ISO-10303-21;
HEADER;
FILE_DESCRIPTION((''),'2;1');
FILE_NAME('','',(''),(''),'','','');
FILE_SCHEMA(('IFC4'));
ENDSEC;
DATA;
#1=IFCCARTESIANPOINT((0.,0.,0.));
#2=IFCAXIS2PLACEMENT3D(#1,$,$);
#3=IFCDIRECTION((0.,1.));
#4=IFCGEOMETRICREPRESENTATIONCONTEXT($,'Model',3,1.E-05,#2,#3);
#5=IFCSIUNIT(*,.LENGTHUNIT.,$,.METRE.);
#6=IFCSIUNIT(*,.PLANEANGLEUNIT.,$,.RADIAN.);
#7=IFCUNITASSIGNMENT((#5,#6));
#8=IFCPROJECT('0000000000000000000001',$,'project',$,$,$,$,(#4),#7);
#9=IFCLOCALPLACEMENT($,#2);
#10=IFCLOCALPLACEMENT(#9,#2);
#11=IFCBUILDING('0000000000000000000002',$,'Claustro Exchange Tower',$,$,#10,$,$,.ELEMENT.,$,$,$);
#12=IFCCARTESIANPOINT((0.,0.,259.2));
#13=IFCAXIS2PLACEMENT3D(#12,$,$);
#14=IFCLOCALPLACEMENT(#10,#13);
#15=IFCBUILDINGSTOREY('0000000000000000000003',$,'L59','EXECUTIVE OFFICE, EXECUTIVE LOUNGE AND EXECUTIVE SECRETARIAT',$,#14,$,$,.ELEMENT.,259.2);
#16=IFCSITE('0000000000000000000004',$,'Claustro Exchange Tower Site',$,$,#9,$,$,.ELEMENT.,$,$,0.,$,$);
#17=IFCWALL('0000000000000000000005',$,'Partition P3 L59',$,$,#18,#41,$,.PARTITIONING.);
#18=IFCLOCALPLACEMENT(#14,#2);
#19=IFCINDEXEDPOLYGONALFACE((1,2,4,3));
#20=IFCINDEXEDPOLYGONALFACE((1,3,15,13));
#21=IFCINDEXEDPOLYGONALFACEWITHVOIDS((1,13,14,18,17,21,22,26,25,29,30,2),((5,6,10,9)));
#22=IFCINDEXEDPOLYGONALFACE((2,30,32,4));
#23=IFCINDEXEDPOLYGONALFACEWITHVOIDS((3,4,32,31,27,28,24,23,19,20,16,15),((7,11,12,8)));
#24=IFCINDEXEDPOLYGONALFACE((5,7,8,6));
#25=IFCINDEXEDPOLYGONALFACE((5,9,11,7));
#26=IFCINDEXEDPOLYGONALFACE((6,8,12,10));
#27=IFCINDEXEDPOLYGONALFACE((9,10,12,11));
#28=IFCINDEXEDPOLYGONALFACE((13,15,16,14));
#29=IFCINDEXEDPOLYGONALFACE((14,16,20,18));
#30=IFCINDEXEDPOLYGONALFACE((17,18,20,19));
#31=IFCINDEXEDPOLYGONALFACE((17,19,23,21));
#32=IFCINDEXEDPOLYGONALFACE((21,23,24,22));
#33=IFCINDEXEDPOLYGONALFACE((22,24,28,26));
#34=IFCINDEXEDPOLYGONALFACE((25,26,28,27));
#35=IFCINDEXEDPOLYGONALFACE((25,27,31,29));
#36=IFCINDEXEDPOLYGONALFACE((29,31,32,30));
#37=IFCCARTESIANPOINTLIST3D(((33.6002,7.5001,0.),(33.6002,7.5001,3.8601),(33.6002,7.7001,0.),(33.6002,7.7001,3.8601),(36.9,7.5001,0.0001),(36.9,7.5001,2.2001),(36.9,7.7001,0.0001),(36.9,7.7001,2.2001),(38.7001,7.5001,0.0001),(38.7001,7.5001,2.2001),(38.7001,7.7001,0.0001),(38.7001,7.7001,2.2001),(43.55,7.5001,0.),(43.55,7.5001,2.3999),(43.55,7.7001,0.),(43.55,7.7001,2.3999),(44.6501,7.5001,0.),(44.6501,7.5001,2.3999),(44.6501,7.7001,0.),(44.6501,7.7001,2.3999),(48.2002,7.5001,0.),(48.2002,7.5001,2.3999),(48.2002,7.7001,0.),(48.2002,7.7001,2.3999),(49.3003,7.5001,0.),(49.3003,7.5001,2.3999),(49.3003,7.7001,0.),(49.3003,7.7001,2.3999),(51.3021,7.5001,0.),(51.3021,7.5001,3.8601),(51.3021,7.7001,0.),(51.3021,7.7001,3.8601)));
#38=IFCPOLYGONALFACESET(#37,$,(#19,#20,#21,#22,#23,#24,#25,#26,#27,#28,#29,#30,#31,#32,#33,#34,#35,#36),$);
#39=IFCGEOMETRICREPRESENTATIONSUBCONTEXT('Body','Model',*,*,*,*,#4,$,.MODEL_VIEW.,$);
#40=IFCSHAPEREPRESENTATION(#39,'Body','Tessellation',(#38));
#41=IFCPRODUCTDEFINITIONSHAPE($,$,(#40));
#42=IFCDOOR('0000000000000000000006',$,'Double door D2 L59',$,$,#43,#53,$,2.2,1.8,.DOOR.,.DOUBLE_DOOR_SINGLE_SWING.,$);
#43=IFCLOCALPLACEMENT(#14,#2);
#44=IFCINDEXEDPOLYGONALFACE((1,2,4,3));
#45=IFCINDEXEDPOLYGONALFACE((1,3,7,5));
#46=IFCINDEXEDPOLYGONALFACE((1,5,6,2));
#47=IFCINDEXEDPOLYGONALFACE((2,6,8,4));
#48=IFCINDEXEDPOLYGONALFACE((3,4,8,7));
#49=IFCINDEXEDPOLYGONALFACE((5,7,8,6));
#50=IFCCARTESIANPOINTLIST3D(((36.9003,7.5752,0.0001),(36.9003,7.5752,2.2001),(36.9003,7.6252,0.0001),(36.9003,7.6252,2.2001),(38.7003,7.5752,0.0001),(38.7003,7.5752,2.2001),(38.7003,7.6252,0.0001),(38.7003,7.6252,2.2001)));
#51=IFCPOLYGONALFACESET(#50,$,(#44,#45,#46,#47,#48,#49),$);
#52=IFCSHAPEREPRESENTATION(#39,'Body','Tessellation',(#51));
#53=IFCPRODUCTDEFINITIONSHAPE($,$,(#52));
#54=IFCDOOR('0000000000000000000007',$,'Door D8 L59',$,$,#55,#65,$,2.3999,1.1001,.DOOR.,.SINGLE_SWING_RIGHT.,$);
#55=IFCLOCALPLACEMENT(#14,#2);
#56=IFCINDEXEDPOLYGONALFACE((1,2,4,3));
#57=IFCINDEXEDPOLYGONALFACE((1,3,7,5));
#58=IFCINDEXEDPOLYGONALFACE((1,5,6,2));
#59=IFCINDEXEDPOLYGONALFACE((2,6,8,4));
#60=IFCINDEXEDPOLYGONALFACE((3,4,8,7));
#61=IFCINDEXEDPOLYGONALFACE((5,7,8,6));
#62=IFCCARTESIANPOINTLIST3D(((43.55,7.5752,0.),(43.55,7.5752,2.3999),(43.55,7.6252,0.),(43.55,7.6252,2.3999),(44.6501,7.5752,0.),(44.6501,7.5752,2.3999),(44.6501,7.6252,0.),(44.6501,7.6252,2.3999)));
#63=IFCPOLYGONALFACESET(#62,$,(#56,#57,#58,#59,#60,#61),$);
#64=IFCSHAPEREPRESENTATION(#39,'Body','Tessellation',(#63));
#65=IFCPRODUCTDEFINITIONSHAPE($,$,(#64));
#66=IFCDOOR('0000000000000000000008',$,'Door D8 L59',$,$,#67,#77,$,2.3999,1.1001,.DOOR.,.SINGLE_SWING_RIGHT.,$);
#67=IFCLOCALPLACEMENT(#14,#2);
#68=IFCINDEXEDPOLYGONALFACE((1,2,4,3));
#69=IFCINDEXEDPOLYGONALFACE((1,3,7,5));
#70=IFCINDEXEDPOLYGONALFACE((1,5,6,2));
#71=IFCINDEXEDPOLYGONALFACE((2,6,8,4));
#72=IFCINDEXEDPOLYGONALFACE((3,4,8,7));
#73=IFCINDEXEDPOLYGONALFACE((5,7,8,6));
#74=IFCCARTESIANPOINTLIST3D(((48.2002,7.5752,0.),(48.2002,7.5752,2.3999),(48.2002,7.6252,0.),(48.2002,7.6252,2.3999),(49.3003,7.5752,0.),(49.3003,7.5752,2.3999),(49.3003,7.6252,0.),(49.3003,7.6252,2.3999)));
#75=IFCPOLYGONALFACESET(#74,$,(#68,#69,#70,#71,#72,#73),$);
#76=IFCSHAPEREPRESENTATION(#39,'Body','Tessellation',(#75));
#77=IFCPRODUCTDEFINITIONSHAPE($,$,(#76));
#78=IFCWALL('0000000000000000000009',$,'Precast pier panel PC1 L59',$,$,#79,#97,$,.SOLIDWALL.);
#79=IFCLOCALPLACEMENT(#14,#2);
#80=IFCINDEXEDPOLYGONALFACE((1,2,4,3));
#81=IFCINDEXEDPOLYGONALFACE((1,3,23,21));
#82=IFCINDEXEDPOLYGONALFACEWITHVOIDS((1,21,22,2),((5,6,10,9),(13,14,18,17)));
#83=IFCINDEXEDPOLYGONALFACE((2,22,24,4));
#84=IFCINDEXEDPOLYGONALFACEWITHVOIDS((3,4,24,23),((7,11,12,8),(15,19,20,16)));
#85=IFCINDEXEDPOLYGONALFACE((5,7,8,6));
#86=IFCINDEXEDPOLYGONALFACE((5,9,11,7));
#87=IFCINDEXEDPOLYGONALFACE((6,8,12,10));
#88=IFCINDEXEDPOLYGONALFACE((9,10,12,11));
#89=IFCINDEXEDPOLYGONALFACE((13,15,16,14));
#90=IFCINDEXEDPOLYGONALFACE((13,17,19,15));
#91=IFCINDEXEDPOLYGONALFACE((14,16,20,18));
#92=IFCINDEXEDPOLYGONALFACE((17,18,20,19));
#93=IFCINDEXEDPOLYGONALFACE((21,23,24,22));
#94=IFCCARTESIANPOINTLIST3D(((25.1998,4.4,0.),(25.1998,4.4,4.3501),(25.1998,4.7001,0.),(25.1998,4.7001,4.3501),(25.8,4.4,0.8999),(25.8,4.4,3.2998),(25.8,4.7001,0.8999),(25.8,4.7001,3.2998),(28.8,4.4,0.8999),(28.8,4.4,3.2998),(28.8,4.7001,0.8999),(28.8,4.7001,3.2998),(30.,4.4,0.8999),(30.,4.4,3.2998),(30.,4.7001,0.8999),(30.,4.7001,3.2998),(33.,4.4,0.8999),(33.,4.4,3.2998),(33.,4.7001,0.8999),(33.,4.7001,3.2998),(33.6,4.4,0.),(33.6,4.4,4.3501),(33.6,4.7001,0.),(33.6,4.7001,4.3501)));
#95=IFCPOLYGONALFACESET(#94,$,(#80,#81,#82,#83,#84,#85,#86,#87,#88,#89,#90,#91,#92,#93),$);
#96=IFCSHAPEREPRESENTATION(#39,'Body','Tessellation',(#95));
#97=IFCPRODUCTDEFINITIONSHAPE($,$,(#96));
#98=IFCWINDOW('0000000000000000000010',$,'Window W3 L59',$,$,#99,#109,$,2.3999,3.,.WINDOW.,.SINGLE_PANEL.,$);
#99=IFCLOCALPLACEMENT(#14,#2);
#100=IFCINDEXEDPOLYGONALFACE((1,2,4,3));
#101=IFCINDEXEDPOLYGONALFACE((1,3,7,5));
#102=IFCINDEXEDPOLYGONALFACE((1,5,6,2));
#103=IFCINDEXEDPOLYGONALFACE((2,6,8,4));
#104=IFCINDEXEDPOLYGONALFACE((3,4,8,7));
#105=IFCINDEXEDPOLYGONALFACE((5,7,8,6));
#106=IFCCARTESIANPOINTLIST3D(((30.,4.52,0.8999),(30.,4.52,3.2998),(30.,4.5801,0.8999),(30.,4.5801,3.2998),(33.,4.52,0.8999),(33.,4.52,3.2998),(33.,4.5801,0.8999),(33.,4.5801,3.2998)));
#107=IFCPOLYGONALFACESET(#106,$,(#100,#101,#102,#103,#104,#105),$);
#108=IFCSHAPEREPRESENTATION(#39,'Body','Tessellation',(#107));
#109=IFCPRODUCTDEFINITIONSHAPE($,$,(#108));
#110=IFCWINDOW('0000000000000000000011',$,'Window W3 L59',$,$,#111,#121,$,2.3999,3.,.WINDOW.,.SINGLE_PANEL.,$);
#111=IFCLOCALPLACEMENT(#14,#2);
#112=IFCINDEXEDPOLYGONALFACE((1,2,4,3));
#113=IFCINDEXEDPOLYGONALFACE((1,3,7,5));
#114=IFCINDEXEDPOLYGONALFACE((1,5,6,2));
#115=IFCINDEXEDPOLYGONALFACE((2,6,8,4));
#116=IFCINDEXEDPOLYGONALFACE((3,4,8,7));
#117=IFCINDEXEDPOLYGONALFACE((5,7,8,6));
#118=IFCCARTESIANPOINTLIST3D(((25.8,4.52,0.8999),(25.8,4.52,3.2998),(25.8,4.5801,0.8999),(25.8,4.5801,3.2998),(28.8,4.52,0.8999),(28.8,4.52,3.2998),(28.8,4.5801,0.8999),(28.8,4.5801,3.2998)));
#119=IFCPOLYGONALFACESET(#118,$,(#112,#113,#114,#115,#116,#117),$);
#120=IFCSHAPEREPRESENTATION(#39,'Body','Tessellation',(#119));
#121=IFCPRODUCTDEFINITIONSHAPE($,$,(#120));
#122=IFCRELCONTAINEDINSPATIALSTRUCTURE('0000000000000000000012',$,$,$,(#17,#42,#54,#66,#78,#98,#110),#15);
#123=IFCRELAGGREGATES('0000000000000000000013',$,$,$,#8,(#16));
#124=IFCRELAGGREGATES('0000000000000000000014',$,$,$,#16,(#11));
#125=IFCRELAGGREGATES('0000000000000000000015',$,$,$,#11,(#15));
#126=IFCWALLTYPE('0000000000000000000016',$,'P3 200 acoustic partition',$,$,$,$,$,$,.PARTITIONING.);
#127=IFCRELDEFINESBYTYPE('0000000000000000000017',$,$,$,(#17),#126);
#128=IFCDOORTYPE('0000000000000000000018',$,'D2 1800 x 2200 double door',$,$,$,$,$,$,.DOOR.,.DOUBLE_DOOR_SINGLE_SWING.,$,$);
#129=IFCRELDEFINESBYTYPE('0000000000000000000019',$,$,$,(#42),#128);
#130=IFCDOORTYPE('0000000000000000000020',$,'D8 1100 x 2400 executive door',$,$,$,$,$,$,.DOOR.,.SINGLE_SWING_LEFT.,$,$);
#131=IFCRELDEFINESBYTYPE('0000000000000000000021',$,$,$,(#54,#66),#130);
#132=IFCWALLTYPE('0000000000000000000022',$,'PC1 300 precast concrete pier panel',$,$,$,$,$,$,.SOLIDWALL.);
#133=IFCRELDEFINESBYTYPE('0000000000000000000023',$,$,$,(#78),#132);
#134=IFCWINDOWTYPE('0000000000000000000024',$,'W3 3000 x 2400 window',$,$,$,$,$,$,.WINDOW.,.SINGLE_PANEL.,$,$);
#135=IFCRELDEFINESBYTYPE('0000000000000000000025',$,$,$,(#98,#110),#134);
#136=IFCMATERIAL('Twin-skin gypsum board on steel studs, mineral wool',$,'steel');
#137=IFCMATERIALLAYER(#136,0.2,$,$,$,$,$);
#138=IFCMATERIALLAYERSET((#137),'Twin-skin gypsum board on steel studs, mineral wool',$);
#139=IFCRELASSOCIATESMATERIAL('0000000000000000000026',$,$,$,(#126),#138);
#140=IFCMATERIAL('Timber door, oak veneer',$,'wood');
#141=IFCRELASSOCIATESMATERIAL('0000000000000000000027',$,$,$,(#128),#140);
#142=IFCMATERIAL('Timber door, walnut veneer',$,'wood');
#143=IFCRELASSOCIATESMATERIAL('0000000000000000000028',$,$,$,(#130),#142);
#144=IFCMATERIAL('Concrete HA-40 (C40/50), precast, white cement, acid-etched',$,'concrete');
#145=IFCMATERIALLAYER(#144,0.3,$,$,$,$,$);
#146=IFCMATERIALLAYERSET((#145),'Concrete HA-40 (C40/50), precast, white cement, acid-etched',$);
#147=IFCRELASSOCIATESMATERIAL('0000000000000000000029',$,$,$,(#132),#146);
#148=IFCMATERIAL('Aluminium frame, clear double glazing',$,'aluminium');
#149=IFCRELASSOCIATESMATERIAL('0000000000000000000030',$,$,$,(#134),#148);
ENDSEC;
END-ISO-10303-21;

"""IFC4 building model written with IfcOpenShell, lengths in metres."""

from ifc_helpers import new_model, si_unit, direction, frame, frame_2d, origin, place, context, subcontext, project, spatial, rectangle, extrude, material, layer, layer_set, type_object, element, fill, save


model = new_model("IFC4")

# Units and contexts
model_context = context("Model", 3, precision=1e-05, world=origin(), true_north=direction((0.0, 1.0)))
body_context = subcontext(model_context, "Body", "Model", "MODEL_VIEW")
ifc_project = project(units=[si_unit("LENGTHUNIT", "METRE"), si_unit("PLANEANGLEUNIT", "RADIAN")], contexts=[model_context])

# Site, building, storey
site_placement = place(None, origin())
site = spatial("IfcSite", under=ifc_project, at=site_placement, Name="Claustro Exchange Tower Site", CompositionType="ELEMENT", RefElevation=0.0)
building_placement = place(site_placement, origin())
building = spatial("IfcBuilding", under=site, at=building_placement, Name="Claustro Exchange Tower", CompositionType="ELEMENT")
storey_placement = place(building_placement, frame((0.0, 0.0, 259.2)))
storey = spatial("IfcBuildingStorey", under=building, at=storey_placement, Name="L59", Description="EXECUTIVE OFFICE, EXECUTIVE LOUNGE AND EXECUTIVE SECRETARIAT", CompositionType="ELEMENT", Elevation=259.2)

# Shared definitions
ifc_material_1 = material(Name="Twin-skin gypsum board on steel studs, mineral wool", Category="steel")
ifc_layer_1 = layer(ifc_material_1, 0.2)
ifc_layer_set_1 = layer_set([ifc_layer_1], Name="Twin-skin gypsum board on steel studs, mineral wool")
wall_type_1 = type_object("IfcWallType", Name="P3 200 acoustic partition", PredefinedType="PARTITIONING", material=ifc_layer_set_1)

# Wall, openings, doors
wall_1_placement = place(storey_placement, frame((33.6001, 7.6001, 0.0), z_axis=(0.0, 0.0, 1.0), x_axis=(1.0, 0.0, 0.0)))
wall_1 = element("IfcWall", 1, at=wall_1_placement, inside=storey, type_object=wall_type_1, Name="Partition P3 L59", PredefinedType="PARTITIONING", context=body_context, shape_type="SweptSolid", body=[
    extrude(rectangle(XDim=17.7019, YDim=0.2, at=frame_2d((8.8511, 0.0))), origin(), (0.0, 0.0, 1.0), 3.8601),
])
opening_1_placement = place(wall_1_placement, frame((3.3, 0.0, 0.0)))
opening_1 = element("IfcOpeningElement", 2, at=opening_1_placement, cuts=wall_1, PredefinedType="OPENING", context=body_context, shape_type="SweptSolid", body=[
    extrude(rectangle(XDim=1.8, YDim=2.2, at=frame_2d((0.8999, 1.1001))), frame((0.0, 0.1099, 0.0), z_axis=(0.0, -1.0, 0.0), x_axis=(1.0, 0.0, 0.0)), (0.0, 0.0, 1.0), 0.22),
])
opening_2_placement = place(wall_1_placement, frame((9.95, 0.0, 0.0)))
opening_2 = element("IfcOpeningElement", 3, at=opening_2_placement, cuts=wall_1, PredefinedType="OPENING", context=body_context, shape_type="SweptSolid", body=[
    extrude(rectangle(XDim=1.1001, YDim=2.3999, at=frame_2d((0.55, 1.2))), frame((0.0, 0.1099, 0.0), z_axis=(0.0, -1.0, 0.0), x_axis=(1.0, 0.0, 0.0)), (0.0, 0.0, 1.0), 0.22),
])
opening_3_placement = place(wall_1_placement, frame((14.6001, 0.0, 0.0)))
opening_3 = element("IfcOpeningElement", 4, at=opening_3_placement, cuts=wall_1, PredefinedType="OPENING", context=body_context, shape_type="SweptSolid", body=[
    extrude(rectangle(XDim=1.1001, YDim=2.3999, at=frame_2d((0.55, 1.2))), frame((0.0, 0.1099, 0.0), z_axis=(0.0, -1.0, 0.0), x_axis=(1.0, 0.0, 0.0)), (0.0, 0.0, 1.0), 0.22),
])
ifc_material_2 = material(Name="Timber door, oak veneer", Category="wood")
door_type_1 = type_object("IfcDoorType", Name="D2 1800 x 2200 double door", OperationType="DOUBLE_DOOR_SINGLE_SWING", PredefinedType="DOOR", material=ifc_material_2)
door_1_placement = place(opening_1_placement, frame((1.8, 0.0, 0.0), z_axis=(0.0, 0.0, 1.0), x_axis=(-1.0, 0.0, 0.0)))
door_1 = element("IfcDoor", 5, at=door_1_placement, inside=storey, type_object=door_type_1, Name="Double door D2 L59", OperationType="DOUBLE_DOOR_SINGLE_SWING", OverallHeight=2.2, OverallWidth=1.8, PredefinedType="DOOR", context=body_context, shape_type="SweptSolid", body=[
    extrude(rectangle(XDim=1.8, YDim=2.2, at=frame_2d((0.8999, 1.1001))), frame((0.0, 0.0249, 0.0), z_axis=(0.0, -1.0, 0.0), x_axis=(1.0, 0.0, 0.0)), (0.0, 0.0, 1.0), 0.05),
])
fill(opening_1, door_1)
ifc_material_3 = material(Name="Timber door, walnut veneer", Category="wood")
door_type_2 = type_object("IfcDoorType", Name="D8 1100 x 2400 executive door", OperationType="SINGLE_SWING_LEFT", PredefinedType="DOOR", material=ifc_material_3)
door_2_placement = place(opening_2_placement, frame((1.1001, 0.0, 0.0), z_axis=(0.0, 0.0, 1.0), x_axis=(-1.0, 0.0, 0.0)))
door_2 = element("IfcDoor", 6, at=door_2_placement, inside=storey, type_object=door_type_2, Name="Door D8 L59", OperationType="SINGLE_SWING_RIGHT", OverallHeight=2.3999, OverallWidth=1.1001, PredefinedType="DOOR", context=body_context, shape_type="SweptSolid", body=[
    extrude(rectangle(XDim=1.1001, YDim=2.3999, at=frame_2d((0.55, 1.2))), frame((0.0, 0.0249, 0.0), z_axis=(0.0, -1.0, 0.0), x_axis=(1.0, 0.0, 0.0)), (0.0, 0.0, 1.0), 0.05),
])
fill(opening_2, door_2)
door_3_placement = place(opening_3_placement, frame((1.1001, 0.0, 0.0), z_axis=(0.0, 0.0, 1.0), x_axis=(-1.0, 0.0, 0.0)))
door_3 = element("IfcDoor", 7, at=door_3_placement, inside=storey, type_object=door_type_2, Name="Door D8 L59", OperationType="SINGLE_SWING_RIGHT", OverallHeight=2.3999, OverallWidth=1.1001, PredefinedType="DOOR", context=body_context, shape_type="SweptSolid", body=[
    extrude(rectangle(XDim=1.1001, YDim=2.3999, at=frame_2d((0.55, 1.2))), frame((0.0, 0.0249, 0.0), z_axis=(0.0, -1.0, 0.0), x_axis=(1.0, 0.0, 0.0)), (0.0, 0.0, 1.0), 0.05),
])
fill(opening_3, door_3)

# Wall, openings, windows
ifc_material_4 = material(Name="Concrete HA-40 (C40/50), precast, white cement, acid-etched", Category="concrete")
ifc_layer_2 = layer(ifc_material_4, 0.3)
ifc_layer_set_2 = layer_set([ifc_layer_2], Name="Concrete HA-40 (C40/50), precast, white cement, acid-etched")
wall_type_2 = type_object("IfcWallType", Name="PC1 300 precast concrete pier panel", PredefinedType="SOLIDWALL", material=ifc_layer_set_2)
wall_2_placement = place(storey_placement, frame((33.6001, 4.55, 0.0), z_axis=(0.0, 0.0, 1.0), x_axis=(-1.0, 0.0, 0.0)))
wall_2 = element("IfcWall", 8, at=wall_2_placement, inside=storey, type_object=wall_type_2, Name="Precast pier panel PC1 L59", PredefinedType="SOLIDWALL", context=body_context, shape_type="SweptSolid", body=[
    extrude(rectangle(XDim=8.4001, YDim=0.3, at=frame_2d((4.2002, 0.0))), origin(), (0.0, 0.0, 1.0), 4.3501),
])
opening_4_placement = place(wall_2_placement, frame((0.6001, 0.0, 0.8999)))
opening_4 = element("IfcOpeningElement", 9, at=opening_4_placement, cuts=wall_2, PredefinedType="OPENING", context=body_context, shape_type="SweptSolid", body=[
    extrude(rectangle(XDim=3.0, YDim=2.3999, at=frame_2d((1.5, 1.2))), frame((0.0, 0.1599, 0.0), z_axis=(0.0, -1.0, 0.0), x_axis=(1.0, 0.0, 0.0)), (0.0, 0.0, 1.0), 0.3201),
])
opening_5_placement = place(wall_2_placement, frame((4.8, 0.0, 0.8999)))
opening_5 = element("IfcOpeningElement", 10, at=opening_5_placement, cuts=wall_2, PredefinedType="OPENING", context=body_context, shape_type="SweptSolid", body=[
    extrude(rectangle(XDim=3.0, YDim=2.3999, at=frame_2d((1.5, 1.2))), frame((0.0, 0.1599, 0.0), z_axis=(0.0, -1.0, 0.0), x_axis=(1.0, 0.0, 0.0)), (0.0, 0.0, 1.0), 0.3201),
])
ifc_material_5 = material(Name="Aluminium frame, clear double glazing", Category="aluminium")
window_type_1 = type_object("IfcWindowType", Name="W3 3000 x 2400 window", PartitioningType="SINGLE_PANEL", PredefinedType="WINDOW", material=ifc_material_5)
window_1_placement = place(opening_4_placement, origin())
window_1 = element("IfcWindow", 11, at=window_1_placement, inside=storey, type_object=window_type_1, Name="Window W3 L59", OverallHeight=2.3999, OverallWidth=3.0, PartitioningType="SINGLE_PANEL", PredefinedType="WINDOW", context=body_context, shape_type="SweptSolid", body=[
    extrude(rectangle(XDim=3.0, YDim=2.3999, at=frame_2d((1.5, 1.2))), frame((0.0, 0.03, 0.0), z_axis=(0.0, -1.0, 0.0), x_axis=(1.0, 0.0, 0.0)), (0.0, 0.0, 1.0), 0.0601),
])
fill(opening_4, window_1)
window_2_placement = place(opening_5_placement, origin())
window_2 = element("IfcWindow", 12, at=window_2_placement, inside=storey, type_object=window_type_1, Name="Window W3 L59", OverallHeight=2.3999, OverallWidth=3.0, PartitioningType="SINGLE_PANEL", PredefinedType="WINDOW", context=body_context, shape_type="SweptSolid", body=[
    extrude(rectangle(XDim=3.0, YDim=2.3999, at=frame_2d((1.5, 1.2))), frame((0.0, 0.03, 0.0), z_axis=(0.0, -1.0, 0.0), x_axis=(1.0, 0.0, 0.0)), (0.0, 0.0, 1.0), 0.0601),
])
fill(opening_5, window_2)

save(model, "model.ifc")
